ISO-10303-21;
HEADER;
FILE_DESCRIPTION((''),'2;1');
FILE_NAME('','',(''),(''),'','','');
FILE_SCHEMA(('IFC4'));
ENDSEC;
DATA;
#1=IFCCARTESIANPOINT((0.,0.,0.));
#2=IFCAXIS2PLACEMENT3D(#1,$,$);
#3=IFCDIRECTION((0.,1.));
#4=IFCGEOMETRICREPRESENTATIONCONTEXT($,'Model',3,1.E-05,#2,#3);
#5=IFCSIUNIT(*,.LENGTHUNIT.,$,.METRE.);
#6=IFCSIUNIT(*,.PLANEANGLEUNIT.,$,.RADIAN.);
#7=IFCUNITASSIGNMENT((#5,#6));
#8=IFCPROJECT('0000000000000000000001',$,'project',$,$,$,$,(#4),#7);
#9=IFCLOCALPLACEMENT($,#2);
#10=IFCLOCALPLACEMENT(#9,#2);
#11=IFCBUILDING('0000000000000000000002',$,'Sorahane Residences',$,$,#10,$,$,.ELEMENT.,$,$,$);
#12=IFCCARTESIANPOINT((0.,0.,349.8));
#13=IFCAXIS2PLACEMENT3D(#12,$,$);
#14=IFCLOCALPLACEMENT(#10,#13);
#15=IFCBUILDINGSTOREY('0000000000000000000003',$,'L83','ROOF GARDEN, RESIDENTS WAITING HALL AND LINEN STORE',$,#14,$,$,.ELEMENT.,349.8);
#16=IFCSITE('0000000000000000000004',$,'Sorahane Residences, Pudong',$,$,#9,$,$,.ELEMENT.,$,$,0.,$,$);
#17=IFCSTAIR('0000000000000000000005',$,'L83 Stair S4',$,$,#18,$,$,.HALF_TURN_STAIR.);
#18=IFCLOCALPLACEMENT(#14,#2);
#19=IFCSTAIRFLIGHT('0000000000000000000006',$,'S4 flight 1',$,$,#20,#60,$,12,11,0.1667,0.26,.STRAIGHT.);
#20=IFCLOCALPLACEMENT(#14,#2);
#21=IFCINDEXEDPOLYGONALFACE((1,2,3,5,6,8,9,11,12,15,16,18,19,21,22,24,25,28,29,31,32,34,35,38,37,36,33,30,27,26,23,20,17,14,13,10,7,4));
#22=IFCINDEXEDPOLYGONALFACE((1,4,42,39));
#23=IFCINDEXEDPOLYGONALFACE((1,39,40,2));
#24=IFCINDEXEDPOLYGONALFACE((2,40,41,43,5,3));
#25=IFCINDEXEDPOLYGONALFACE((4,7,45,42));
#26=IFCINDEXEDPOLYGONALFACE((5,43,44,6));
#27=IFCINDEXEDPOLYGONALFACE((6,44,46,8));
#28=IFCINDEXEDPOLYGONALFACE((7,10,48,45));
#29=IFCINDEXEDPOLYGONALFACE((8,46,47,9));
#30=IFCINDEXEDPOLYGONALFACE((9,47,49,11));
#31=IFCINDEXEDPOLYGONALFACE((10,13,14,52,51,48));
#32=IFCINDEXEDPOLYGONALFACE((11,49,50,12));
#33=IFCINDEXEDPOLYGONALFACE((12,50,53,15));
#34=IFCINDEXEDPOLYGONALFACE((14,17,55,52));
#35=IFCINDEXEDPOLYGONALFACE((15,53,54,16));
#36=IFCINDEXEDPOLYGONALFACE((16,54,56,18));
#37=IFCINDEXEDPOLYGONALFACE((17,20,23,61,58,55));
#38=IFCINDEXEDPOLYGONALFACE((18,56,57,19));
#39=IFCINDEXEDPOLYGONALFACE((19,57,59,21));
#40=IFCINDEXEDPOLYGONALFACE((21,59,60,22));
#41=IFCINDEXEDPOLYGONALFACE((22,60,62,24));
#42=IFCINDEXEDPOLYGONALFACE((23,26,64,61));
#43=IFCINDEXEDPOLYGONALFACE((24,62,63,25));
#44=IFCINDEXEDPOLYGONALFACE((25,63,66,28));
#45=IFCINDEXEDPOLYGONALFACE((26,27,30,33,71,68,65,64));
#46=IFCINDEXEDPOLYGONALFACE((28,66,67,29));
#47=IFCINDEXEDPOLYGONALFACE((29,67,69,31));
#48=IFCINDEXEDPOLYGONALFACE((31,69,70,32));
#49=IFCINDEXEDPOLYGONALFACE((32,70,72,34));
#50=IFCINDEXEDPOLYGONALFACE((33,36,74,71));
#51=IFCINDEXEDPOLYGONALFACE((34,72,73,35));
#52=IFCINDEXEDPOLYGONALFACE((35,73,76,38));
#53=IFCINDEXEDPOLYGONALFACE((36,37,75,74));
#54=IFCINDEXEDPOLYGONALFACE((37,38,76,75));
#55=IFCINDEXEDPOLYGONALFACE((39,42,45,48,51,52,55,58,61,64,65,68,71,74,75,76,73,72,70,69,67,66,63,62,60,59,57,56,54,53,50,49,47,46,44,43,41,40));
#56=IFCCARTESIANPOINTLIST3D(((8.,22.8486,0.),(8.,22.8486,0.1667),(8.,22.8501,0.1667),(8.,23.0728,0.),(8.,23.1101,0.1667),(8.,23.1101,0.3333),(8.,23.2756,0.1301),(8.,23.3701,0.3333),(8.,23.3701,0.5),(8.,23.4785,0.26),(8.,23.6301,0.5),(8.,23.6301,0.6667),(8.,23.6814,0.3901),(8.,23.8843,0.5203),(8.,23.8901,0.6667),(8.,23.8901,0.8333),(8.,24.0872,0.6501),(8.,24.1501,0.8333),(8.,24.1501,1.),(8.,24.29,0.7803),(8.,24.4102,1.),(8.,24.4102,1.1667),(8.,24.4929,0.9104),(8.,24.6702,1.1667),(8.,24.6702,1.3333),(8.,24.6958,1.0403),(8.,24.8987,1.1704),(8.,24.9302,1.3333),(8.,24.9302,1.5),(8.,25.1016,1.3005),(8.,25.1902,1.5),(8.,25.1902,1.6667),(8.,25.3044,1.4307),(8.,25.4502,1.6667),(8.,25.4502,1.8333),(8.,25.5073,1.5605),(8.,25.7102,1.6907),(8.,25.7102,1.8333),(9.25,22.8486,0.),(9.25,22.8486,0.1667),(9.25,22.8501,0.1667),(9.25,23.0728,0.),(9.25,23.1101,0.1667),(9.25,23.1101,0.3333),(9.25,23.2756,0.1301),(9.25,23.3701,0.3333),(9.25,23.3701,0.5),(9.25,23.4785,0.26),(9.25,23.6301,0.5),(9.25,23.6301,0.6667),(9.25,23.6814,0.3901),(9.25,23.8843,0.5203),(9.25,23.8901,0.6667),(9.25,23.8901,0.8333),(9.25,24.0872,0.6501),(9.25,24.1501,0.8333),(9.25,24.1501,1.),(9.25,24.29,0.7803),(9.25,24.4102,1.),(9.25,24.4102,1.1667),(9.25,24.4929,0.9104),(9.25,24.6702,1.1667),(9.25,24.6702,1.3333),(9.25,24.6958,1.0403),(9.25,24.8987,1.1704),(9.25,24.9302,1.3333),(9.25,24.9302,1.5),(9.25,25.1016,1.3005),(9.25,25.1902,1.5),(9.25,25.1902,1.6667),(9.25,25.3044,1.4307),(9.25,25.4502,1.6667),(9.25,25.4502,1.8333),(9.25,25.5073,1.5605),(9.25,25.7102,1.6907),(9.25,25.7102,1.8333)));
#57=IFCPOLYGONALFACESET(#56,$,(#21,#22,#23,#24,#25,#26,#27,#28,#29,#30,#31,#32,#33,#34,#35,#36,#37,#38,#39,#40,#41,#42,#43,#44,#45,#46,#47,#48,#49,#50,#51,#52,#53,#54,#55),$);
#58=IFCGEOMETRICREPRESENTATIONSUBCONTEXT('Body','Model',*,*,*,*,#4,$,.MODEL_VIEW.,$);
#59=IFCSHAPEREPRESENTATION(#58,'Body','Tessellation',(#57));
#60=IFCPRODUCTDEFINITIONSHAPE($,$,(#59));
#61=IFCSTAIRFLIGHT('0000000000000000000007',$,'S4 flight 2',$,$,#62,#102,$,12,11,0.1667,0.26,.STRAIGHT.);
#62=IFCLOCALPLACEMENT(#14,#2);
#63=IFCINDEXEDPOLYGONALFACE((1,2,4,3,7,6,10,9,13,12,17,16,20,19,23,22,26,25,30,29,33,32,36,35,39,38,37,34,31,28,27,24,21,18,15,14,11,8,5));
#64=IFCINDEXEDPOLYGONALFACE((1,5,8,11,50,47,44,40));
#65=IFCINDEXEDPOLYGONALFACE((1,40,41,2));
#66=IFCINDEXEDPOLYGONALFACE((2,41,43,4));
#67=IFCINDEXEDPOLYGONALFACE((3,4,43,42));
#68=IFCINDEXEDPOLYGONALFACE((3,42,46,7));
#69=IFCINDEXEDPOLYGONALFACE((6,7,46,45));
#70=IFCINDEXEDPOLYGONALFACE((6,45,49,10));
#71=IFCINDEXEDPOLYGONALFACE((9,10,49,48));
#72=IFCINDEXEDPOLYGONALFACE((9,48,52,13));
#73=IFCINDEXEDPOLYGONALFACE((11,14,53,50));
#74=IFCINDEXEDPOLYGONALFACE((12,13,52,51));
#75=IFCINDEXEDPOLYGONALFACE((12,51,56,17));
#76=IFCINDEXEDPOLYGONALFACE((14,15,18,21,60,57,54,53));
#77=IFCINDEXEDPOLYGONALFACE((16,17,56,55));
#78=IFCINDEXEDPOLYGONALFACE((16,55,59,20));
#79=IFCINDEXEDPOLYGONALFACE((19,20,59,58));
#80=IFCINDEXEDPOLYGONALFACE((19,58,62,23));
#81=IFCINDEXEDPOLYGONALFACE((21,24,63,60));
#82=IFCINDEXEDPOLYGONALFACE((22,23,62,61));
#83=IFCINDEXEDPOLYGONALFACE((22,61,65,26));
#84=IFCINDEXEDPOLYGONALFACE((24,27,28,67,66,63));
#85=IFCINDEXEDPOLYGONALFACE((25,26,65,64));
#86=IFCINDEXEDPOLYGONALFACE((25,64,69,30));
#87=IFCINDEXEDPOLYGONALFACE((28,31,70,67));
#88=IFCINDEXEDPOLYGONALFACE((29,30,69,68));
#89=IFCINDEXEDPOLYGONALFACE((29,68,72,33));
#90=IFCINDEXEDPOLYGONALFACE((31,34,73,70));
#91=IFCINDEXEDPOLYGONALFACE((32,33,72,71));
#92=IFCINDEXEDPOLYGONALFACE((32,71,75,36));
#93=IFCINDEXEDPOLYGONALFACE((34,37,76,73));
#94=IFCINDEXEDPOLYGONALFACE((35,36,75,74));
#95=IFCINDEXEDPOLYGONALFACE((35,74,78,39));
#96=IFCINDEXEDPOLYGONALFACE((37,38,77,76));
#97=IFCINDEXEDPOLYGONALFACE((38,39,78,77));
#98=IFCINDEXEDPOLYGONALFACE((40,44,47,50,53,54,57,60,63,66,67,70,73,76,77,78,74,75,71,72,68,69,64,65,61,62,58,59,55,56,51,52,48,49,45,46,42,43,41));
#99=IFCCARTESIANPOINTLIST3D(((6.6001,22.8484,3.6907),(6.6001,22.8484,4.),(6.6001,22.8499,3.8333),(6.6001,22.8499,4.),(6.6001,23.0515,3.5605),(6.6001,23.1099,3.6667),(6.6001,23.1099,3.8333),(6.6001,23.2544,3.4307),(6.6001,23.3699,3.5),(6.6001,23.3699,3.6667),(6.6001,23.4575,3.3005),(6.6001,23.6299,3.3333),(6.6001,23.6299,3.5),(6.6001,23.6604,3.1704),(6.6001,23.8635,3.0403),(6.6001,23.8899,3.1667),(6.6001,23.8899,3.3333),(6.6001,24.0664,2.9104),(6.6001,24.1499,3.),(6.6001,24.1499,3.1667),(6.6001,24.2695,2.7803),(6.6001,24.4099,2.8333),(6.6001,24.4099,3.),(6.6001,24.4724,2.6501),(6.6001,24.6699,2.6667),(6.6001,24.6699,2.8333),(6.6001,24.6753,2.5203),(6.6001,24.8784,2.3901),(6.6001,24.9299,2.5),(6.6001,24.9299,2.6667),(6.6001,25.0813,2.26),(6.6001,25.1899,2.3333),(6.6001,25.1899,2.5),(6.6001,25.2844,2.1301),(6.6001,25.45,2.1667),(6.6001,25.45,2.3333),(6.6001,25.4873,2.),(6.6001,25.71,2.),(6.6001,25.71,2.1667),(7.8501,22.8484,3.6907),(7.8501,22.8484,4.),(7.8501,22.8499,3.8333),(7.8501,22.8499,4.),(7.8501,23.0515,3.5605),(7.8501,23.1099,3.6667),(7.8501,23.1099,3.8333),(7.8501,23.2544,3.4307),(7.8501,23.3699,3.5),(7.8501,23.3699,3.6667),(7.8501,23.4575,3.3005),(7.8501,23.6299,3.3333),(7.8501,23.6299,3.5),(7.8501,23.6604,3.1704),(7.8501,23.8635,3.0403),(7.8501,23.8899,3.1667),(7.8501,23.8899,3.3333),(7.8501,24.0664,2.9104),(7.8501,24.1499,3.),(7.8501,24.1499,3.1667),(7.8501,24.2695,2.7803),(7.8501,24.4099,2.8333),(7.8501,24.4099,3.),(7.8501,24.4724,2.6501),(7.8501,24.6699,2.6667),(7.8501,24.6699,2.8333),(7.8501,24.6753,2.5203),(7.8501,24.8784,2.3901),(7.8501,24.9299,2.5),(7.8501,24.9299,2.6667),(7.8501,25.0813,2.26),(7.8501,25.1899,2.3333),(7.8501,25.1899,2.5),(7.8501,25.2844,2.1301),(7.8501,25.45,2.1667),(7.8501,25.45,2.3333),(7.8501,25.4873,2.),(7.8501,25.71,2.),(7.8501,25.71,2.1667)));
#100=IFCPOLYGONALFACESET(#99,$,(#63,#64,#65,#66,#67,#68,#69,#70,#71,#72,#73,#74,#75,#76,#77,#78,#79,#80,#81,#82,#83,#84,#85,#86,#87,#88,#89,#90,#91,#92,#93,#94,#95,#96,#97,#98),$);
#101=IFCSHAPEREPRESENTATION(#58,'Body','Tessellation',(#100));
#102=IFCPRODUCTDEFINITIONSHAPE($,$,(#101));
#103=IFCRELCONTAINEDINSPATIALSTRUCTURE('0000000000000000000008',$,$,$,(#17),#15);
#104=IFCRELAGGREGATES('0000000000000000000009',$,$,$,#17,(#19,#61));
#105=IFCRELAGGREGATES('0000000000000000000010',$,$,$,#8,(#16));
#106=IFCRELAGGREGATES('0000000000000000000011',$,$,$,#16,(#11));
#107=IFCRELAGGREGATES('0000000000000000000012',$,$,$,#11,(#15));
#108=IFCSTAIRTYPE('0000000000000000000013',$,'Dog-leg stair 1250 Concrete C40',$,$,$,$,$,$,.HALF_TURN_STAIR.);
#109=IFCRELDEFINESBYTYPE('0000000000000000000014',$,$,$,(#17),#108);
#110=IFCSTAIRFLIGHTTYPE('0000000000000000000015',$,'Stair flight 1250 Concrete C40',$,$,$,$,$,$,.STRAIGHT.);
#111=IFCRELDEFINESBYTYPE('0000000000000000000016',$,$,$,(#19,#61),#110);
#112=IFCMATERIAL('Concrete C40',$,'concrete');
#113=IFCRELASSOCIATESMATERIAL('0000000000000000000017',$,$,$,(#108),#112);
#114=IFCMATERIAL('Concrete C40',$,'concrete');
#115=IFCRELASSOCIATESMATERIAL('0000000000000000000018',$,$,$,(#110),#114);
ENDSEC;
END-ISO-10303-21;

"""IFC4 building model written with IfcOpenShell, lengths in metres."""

from ifc_helpers import new_model, si_unit, direction, frame, origin, place, context, subcontext, project, spatial, polyline, outline, extrude, material, type_object, element, aggregate, save


model = new_model("IFC4")

# Units and contexts
model_context = context("Model", 3, precision=1e-05, world=origin(), true_north=direction((0.0, 1.0)))
body_context = subcontext(model_context, "Body", "Model", "MODEL_VIEW")
ifc_project = project(units=[si_unit("LENGTHUNIT", "METRE"), si_unit("PLANEANGLEUNIT", "RADIAN")], contexts=[model_context])

# Site, building, storey
site_placement = place(None, origin())
site = spatial("IfcSite", under=ifc_project, at=site_placement, Name="Sorahane Residences, Pudong", CompositionType="ELEMENT", RefElevation=0.0)
building_placement = place(site_placement, origin())
building = spatial("IfcBuilding", under=site, at=building_placement, Name="Sorahane Residences", CompositionType="ELEMENT")
storey_placement = place(building_placement, frame((0.0, 0.0, 349.8)))
storey = spatial("IfcBuildingStorey", under=building, at=storey_placement, Name="L83", Description="ROOF GARDEN, RESIDENTS WAITING HALL AND LINEN STORE", CompositionType="ELEMENT", Elevation=349.8)

# Stair, stair flights
ifc_material_1 = material(Name="Concrete C40", Category="concrete")
stair_type = type_object("IfcStairType", Name="Dog-leg stair 1250 Concrete C40", PredefinedType="HALF_TURN_STAIR", material=ifc_material_1)
stair_placement = place(storey_placement, origin())
stair = element("IfcStair", 1, at=stair_placement, inside=storey, type_object=stair_type, Name="L83 Stair S4", PredefinedType="HALF_TURN_STAIR")
ifc_material_2 = material(Name="Concrete C40", Category="concrete")
stair_flight_type = type_object("IfcStairFlightType", Name="Stair flight 1250 Concrete C40", PredefinedType="STRAIGHT", material=ifc_material_2)
stair_flight_1_placement = place(storey_placement, frame((8.625, 22.8501, 0.0), z_axis=(0.0, 0.0, 1.0), x_axis=(0.0, 1.0, 0.0)))
stair_flight_1 = element("IfcStairFlight", 2, at=stair_flight_1_placement, type_object=stair_flight_type, Name="S4 flight 1", NumberOfRisers=12, NumberOfTreads=11, PredefinedType="STRAIGHT", RiserHeight=0.1667, TreadLength=0.26, context=body_context, shape_type="SweptSolid", body=[
    extrude(outline(polyline([(-0.0015, 0.0), (-0.0015, 0.1667), (0.0, 0.1667), (0.26, 0.1667), (0.26, 0.3333), (0.52, 0.3333), (0.52, 0.5), (0.78, 0.5), (0.78, 0.6667), (1.04, 0.6667), (1.04, 0.8333), (1.3, 0.8333), (1.3, 1.0), (1.5601, 1.0), (1.5601, 1.1667), (1.8201, 1.1667), (1.8201, 1.3333), (2.0801, 1.3333), (2.0801, 1.5), (2.3401, 1.5), (2.3401, 1.6667), (2.6001, 1.6667), (2.6001, 1.8333), (2.8601, 1.8333), (2.8601, 2.0), (2.8601, 1.6907), (2.6572, 1.5605), (2.4543, 1.4307), (2.2515, 1.3005), (2.0486, 1.1704), (1.8457, 1.0403), (1.6428, 0.9104), (1.4399, 0.7803), (1.2371, 0.6501), (1.0342, 0.5203), (0.8313, 0.3901), (0.6284, 0.26), (0.4255, 0.1301), (0.2227, 0.0), (-0.0015, 0.0)])), frame((0.0, 0.625, 0.0), z_axis=(0.0, -1.0, 0.0), x_axis=(1.0, 0.0, 0.0)), (0.0, 0.0, 1.0), 1.25),
])
stair_flight_2_placement = place(storey_placement, frame((7.2251, 25.71, 2.0), z_axis=(0.0, 0.0, 1.0), x_axis=(0.0, -1.0, 0.0)))
stair_flight_2 = element("IfcStairFlight", 3, at=stair_flight_2_placement, type_object=stair_flight_type, Name="S4 flight 2", NumberOfRisers=12, NumberOfTreads=11, PredefinedType="STRAIGHT", RiserHeight=0.1667, TreadLength=0.26, context=body_context, shape_type="SweptSolid", body=[
    extrude(outline(polyline([(0.0, 0.0), (0.0, 0.1667), (0.26, 0.1667), (0.26, 0.3333), (0.52, 0.3333), (0.52, 0.5), (0.78, 0.5), (0.78, 0.6667), (1.04, 0.6667), (1.04, 0.8333), (1.3, 0.8333), (1.3, 1.0), (1.5601, 1.0), (1.5601, 1.1667), (1.8201, 1.1667), (1.8201, 1.3333), (2.0801, 1.3333), (2.0801, 1.5), (2.3401, 1.5), (2.3401, 1.6667), (2.6001, 1.6667), (2.6001, 1.8333), (2.8601, 1.8333), (2.8601, 2.0), (2.8616, 2.0), (2.8616, 1.6907), (2.6584, 1.5605), (2.4556, 1.4307), (2.2524, 1.3005), (2.0496, 1.1704), (1.8464, 1.0403), (1.6436, 0.9104), (1.4404, 0.7803), (1.2375, 0.6501), (1.0347, 0.5203), (0.8315, 0.3901), (0.6287, 0.26), (0.4255, 0.1301), (0.2227, 0.0), (0.0, 0.0)])), frame((0.0, 0.625, 0.0), z_axis=(0.0, -1.0, 0.0), x_axis=(1.0, 0.0, 0.0)), (0.0, 0.0, 1.0), 1.25),
])
aggregate(stair, [stair_flight_1, stair_flight_2])

save(model, "model.ifc")
